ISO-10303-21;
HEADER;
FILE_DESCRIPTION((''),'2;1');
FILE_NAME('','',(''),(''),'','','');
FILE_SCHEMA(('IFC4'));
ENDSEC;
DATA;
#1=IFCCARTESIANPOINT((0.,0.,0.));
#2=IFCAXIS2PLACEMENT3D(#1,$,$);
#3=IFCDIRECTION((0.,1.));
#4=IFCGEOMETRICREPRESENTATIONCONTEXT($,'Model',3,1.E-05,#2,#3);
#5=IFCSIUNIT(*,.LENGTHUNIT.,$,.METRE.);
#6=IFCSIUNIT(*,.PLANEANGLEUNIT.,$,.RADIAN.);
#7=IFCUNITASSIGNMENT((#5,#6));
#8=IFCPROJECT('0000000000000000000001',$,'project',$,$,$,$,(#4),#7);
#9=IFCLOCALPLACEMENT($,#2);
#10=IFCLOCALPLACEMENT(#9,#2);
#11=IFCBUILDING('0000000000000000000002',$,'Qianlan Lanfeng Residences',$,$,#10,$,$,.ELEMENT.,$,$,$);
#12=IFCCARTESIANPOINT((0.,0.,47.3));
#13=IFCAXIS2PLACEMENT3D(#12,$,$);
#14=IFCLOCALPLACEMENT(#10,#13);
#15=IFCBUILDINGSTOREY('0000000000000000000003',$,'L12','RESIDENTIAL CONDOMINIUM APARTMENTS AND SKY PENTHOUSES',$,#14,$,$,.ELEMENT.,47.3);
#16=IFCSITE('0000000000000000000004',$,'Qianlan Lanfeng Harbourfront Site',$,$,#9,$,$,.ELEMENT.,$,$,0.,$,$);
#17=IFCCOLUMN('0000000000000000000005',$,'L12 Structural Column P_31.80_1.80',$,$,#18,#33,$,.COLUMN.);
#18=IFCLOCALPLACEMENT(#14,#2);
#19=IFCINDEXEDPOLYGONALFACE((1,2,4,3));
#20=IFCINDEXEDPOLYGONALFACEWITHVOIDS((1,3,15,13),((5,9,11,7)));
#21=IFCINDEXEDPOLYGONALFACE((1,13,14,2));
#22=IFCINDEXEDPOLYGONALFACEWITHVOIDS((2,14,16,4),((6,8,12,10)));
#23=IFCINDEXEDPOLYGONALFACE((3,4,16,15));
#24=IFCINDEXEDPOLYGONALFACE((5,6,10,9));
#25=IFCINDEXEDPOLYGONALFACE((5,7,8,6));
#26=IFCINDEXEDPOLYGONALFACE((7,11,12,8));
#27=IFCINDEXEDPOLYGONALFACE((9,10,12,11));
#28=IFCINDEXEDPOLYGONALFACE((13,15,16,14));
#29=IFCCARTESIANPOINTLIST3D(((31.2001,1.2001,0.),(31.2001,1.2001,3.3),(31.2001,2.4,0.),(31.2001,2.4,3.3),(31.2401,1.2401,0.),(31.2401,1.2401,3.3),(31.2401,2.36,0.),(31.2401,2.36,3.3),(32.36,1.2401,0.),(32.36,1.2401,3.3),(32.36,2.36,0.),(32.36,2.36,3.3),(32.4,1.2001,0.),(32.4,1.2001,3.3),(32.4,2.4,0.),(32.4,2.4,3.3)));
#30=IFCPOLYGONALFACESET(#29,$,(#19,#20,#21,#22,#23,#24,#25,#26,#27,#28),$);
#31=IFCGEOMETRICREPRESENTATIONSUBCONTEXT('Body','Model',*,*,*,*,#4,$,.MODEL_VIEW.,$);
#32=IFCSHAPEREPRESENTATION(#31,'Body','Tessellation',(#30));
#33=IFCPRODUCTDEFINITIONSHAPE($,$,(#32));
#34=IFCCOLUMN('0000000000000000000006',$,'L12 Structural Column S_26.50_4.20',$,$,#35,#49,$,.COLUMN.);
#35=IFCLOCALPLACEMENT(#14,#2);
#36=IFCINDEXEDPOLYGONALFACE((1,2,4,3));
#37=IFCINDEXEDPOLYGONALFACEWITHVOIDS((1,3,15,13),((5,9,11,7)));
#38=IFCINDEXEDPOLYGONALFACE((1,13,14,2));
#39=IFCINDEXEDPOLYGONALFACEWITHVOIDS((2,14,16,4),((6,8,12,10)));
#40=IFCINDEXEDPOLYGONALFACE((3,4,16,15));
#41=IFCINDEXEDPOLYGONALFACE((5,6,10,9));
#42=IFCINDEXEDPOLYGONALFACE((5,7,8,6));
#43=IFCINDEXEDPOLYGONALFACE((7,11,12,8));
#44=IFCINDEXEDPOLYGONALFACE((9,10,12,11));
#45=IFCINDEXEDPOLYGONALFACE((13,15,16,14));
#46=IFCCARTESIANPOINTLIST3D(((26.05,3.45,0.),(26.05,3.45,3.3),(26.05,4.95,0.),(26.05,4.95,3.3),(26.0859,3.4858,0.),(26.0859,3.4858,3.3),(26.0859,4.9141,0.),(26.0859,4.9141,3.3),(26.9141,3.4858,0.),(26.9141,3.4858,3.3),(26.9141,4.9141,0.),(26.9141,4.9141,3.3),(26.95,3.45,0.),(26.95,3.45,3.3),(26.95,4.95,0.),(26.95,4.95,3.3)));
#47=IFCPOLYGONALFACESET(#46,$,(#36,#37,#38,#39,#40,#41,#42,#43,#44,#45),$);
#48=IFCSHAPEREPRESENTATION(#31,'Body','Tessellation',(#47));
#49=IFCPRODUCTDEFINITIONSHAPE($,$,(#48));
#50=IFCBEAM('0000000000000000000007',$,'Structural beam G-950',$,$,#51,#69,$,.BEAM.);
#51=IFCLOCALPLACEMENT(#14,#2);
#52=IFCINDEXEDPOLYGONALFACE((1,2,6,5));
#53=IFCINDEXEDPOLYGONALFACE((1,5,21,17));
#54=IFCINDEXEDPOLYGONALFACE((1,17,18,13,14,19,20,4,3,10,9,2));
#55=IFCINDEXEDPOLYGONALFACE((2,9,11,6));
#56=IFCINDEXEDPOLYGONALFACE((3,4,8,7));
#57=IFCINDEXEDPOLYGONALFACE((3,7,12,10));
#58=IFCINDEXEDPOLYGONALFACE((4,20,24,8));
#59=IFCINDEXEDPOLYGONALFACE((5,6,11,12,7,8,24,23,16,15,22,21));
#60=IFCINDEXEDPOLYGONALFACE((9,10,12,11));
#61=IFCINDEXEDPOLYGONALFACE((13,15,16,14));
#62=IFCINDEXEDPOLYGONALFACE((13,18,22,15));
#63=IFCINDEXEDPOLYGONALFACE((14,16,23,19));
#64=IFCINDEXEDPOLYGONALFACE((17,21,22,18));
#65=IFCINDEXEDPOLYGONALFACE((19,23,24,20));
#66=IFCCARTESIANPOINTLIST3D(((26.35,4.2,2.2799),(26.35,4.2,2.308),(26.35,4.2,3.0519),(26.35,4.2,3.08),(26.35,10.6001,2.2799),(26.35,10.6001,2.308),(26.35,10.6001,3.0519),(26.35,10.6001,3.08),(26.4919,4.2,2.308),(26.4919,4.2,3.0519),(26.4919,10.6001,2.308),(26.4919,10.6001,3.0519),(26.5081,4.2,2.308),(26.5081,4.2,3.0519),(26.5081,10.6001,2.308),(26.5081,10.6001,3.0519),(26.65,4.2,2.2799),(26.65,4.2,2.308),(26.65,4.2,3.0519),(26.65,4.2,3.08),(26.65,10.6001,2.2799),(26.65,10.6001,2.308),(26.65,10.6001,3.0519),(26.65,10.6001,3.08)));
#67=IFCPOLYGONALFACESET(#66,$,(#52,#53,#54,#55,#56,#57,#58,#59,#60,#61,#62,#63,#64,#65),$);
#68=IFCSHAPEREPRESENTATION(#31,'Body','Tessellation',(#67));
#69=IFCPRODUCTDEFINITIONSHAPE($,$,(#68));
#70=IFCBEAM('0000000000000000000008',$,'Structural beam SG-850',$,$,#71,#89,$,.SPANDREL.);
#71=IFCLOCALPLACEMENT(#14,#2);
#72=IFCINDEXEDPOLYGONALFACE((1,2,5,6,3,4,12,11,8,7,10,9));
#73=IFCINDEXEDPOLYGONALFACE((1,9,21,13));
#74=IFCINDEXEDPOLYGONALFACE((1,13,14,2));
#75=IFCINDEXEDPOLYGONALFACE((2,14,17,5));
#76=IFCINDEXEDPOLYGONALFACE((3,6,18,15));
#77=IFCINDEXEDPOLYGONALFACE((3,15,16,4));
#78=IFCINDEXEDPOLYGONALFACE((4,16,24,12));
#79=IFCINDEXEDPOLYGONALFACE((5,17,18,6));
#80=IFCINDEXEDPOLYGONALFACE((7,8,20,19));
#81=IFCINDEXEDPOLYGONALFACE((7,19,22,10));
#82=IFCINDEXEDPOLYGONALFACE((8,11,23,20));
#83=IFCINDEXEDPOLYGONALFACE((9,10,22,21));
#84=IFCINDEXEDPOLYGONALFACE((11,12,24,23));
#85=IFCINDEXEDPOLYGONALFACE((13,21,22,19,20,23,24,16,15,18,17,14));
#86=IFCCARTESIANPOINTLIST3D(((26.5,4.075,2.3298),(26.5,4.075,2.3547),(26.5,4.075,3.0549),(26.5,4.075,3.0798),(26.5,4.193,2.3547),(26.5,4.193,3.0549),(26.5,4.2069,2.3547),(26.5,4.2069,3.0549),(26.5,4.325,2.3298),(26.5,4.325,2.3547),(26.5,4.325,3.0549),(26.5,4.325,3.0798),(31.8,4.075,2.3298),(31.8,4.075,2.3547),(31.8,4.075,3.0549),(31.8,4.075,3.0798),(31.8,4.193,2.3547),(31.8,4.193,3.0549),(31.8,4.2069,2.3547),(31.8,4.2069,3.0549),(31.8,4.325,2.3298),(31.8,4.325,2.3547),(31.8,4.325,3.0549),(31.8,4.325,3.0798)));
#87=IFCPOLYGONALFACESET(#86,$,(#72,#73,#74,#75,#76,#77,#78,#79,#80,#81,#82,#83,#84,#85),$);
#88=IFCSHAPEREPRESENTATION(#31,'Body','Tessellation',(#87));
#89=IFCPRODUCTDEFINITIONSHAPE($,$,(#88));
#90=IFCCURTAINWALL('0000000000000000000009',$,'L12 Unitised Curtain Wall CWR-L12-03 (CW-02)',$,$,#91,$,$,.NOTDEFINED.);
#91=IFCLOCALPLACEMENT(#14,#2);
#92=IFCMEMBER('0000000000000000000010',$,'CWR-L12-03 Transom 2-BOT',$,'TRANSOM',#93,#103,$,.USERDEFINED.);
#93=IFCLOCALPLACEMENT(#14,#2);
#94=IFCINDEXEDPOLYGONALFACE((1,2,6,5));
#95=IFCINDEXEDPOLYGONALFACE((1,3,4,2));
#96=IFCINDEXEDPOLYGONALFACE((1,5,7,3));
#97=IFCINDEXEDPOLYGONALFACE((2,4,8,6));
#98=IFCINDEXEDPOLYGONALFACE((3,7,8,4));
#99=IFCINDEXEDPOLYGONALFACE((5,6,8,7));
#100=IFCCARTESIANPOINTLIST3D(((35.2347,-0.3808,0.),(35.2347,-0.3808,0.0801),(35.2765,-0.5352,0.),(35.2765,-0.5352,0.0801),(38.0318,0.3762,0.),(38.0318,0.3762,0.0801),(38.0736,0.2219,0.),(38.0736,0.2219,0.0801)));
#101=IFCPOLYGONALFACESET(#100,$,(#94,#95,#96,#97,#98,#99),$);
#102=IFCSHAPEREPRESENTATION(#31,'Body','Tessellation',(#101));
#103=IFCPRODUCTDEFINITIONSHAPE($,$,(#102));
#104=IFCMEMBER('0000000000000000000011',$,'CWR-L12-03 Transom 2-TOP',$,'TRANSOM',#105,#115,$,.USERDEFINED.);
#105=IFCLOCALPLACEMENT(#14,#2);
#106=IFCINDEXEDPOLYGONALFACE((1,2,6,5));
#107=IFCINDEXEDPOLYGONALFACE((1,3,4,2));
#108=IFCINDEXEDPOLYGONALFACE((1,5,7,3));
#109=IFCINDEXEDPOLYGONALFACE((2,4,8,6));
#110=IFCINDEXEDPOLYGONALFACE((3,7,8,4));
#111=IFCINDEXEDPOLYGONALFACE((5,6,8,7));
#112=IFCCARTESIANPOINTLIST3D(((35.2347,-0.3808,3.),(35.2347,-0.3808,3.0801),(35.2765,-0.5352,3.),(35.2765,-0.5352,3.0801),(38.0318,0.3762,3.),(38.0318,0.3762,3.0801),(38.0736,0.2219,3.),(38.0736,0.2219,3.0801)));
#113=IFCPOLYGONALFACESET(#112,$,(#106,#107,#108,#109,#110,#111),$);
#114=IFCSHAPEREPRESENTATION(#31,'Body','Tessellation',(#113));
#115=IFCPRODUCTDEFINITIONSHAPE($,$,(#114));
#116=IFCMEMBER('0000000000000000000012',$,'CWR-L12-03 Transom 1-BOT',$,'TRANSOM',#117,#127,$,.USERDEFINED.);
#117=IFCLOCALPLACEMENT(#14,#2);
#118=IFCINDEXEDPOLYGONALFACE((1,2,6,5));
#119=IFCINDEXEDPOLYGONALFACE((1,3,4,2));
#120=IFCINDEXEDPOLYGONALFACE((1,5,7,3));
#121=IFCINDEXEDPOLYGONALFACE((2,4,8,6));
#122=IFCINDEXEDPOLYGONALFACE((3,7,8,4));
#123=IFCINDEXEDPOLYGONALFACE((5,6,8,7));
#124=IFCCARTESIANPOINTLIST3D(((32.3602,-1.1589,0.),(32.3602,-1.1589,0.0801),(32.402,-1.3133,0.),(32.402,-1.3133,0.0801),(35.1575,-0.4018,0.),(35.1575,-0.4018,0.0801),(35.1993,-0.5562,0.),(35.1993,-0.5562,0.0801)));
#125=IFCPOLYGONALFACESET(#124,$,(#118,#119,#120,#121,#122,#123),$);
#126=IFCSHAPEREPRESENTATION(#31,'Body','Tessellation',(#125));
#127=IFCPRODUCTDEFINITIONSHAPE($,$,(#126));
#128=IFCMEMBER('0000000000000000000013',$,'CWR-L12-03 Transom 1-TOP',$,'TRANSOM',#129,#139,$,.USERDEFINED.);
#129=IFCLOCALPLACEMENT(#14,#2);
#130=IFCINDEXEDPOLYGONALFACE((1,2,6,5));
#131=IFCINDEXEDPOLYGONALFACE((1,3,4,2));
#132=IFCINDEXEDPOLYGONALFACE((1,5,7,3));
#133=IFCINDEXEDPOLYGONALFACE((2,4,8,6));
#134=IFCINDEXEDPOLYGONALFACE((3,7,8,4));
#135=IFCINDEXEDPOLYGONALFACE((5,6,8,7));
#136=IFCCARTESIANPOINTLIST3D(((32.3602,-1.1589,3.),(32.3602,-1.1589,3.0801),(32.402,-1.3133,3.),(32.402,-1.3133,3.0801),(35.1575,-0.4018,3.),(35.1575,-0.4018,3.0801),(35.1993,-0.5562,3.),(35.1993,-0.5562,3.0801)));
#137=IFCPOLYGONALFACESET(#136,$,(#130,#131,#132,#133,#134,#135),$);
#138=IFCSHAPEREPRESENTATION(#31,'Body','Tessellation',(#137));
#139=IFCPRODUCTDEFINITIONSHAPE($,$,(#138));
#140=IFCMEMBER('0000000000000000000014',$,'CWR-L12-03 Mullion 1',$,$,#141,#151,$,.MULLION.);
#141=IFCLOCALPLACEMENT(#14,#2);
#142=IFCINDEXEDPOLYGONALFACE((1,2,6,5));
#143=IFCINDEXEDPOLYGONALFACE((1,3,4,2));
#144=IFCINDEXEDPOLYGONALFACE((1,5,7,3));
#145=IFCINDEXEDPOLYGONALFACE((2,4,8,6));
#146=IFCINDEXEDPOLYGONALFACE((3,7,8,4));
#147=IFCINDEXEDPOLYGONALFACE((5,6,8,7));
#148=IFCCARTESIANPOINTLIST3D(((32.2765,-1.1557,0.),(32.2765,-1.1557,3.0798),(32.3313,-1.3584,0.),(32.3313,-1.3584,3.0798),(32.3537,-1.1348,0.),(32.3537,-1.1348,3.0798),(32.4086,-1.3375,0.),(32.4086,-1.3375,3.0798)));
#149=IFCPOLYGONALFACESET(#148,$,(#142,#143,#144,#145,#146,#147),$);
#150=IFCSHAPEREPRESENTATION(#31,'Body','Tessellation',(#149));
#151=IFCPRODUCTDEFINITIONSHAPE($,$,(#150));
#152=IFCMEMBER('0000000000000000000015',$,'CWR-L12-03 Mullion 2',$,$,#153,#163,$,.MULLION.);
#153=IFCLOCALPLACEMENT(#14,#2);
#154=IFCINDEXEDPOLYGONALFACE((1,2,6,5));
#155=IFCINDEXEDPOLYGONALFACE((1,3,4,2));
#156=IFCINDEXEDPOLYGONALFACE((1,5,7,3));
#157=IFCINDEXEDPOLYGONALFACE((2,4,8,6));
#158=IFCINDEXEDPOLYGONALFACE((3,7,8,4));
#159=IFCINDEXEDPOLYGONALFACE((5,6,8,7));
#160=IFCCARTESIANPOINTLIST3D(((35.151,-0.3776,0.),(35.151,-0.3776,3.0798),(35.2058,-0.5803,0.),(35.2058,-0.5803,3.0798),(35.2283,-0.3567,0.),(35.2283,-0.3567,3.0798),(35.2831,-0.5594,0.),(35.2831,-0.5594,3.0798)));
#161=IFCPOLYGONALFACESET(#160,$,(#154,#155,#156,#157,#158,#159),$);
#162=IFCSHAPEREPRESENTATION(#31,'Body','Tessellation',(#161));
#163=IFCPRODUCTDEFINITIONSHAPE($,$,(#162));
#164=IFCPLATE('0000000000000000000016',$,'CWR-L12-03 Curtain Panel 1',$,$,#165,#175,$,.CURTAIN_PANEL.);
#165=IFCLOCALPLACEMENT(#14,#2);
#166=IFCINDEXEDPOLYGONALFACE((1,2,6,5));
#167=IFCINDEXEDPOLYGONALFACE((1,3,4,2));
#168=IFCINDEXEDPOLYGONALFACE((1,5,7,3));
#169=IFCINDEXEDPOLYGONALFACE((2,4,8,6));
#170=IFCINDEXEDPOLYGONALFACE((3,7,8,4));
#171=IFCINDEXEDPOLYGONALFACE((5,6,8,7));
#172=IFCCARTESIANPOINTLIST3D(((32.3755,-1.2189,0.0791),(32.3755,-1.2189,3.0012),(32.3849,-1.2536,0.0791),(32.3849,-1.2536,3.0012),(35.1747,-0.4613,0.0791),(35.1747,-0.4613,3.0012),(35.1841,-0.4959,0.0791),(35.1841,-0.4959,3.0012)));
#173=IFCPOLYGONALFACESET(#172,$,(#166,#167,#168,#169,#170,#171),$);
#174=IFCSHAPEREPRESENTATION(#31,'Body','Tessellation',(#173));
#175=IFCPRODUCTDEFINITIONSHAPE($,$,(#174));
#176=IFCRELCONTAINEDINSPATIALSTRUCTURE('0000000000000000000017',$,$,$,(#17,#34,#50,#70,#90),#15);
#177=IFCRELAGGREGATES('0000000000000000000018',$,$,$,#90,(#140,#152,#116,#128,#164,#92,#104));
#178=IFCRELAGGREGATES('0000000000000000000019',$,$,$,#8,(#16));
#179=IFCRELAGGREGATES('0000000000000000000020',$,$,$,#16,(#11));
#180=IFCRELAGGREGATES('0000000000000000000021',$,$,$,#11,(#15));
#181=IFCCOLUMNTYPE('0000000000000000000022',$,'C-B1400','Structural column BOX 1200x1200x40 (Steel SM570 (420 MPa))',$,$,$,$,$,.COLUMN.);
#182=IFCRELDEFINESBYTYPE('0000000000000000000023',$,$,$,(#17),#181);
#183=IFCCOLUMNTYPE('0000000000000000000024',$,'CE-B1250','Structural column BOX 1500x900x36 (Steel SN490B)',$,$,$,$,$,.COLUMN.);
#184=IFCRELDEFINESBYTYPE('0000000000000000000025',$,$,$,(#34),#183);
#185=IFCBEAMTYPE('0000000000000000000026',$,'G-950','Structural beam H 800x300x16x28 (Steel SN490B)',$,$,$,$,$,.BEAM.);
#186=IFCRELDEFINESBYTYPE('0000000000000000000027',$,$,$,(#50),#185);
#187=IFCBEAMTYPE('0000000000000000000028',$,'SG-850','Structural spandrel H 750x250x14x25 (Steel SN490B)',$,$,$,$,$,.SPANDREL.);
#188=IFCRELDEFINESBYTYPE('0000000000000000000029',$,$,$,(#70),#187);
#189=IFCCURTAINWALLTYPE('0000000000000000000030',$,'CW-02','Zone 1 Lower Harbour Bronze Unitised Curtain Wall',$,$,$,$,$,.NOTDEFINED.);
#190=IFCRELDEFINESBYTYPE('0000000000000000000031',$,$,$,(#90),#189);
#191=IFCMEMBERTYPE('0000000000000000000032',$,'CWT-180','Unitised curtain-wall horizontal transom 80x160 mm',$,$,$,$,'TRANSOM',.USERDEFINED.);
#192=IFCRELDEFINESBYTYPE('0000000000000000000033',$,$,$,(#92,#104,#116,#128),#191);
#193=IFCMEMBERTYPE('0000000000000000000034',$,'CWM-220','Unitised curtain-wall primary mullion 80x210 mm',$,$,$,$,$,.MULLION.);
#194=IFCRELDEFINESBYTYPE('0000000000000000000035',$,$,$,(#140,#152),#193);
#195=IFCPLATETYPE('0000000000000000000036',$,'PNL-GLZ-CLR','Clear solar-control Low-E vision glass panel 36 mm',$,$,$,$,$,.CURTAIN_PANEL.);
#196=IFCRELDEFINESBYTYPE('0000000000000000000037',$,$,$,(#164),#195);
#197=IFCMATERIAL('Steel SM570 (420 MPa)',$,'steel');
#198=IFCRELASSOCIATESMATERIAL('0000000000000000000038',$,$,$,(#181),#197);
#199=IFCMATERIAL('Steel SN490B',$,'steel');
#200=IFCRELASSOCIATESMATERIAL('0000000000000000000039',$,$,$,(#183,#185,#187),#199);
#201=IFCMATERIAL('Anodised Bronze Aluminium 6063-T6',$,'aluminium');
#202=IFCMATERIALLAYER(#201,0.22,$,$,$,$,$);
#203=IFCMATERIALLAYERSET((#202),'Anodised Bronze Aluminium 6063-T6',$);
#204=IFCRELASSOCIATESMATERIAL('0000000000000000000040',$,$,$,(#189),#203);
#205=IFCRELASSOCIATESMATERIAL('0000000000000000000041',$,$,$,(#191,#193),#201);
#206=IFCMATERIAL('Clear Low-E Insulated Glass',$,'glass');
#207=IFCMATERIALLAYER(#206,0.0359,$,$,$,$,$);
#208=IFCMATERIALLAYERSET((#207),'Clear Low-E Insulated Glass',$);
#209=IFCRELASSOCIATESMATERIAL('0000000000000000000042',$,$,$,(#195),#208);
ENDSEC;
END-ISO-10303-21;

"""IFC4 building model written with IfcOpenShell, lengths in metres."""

from ifc_helpers import new_model, si_unit, direction, frame, origin, origin_2d, place, context, subcontext, project, spatial, rectangle, hollow_rectangle, i_section, extrude, source, transform, mapped, material, layer, layer_set, material_profile, profile_set, type_object, element, aggregate, save


model = new_model("IFC4")

# Units and contexts
model_context = context("Model", 3, precision=1e-05, world=origin(), true_north=direction((0.0, 1.0)))
body_context = subcontext(model_context, "Body", "Model", "MODEL_VIEW")
ifc_project = project(units=[si_unit("LENGTHUNIT", "METRE"), si_unit("PLANEANGLEUNIT", "RADIAN")], contexts=[model_context])

# Site, building, storey
site_placement = place(None, origin())
site = spatial("IfcSite", under=ifc_project, at=site_placement, Name="Qianlan Lanfeng Harbourfront Site", CompositionType="ELEMENT", RefElevation=0.0)
building_placement = place(site_placement, origin())
building = spatial("IfcBuilding", under=site, at=building_placement, Name="Qianlan Lanfeng Residences", CompositionType="ELEMENT")
storey_placement = place(building_placement, frame((0.0, 0.0, 47.3)))
storey = spatial("IfcBuildingStorey", under=building, at=storey_placement, Name="L12", Description="RESIDENTIAL CONDOMINIUM APARTMENTS AND SKY PENTHOUSES", CompositionType="ELEMENT", Elevation=47.3)

# Columns
ifc_material_1 = material(Name="Steel SM570 (420 MPa)", Category="steel")
ifc_material_profile_1 = material_profile(ifc_material_1, hollow_rectangle(XDim=1.2, YDim=1.2, WallThickness=0.04, at=origin_2d()), Name="BOX 1200x1200x40")
ifc_profile_set_1 = profile_set([ifc_material_profile_1], Name="Steel SM570 (420 MPa)")
column_type_1 = type_object("IfcColumnType", Name="C-B1400", Description="Structural column BOX 1200x1200x40 (Steel SM570 (420 MPa))", PredefinedType="COLUMN", material=ifc_profile_set_1)
column_1_placement = place(storey_placement, frame((31.8, 1.8, 0.0), z_axis=(0.0, 0.0, 1.0), x_axis=(1.0, 0.0, 0.0)))
element("IfcColumn", 1, at=column_1_placement, inside=storey, type_object=column_type_1, Name="L12 Structural Column P_31.80_1.80", PredefinedType="COLUMN", context=body_context, shape_type="SweptSolid", body=[
    extrude(hollow_rectangle(XDim=1.2, YDim=1.2, WallThickness=0.04, at=origin_2d()), origin(), (0.0, 0.0, 1.0), 3.3),
])
ifc_material_2 = material(Name="Steel SN490B", Category="steel")
ifc_material_profile_2 = material_profile(ifc_material_2, hollow_rectangle(XDim=0.8999, YDim=1.5, WallThickness=0.0359, at=origin_2d()), Name="BOX 1500x900x36")
ifc_profile_set_2 = profile_set([ifc_material_profile_2], Name="Steel SN490B")
column_type_2 = type_object("IfcColumnType", Name="CE-B1250", Description="Structural column BOX 1500x900x36 (Steel SN490B)", PredefinedType="COLUMN", material=ifc_profile_set_2)
column_2_placement = place(storey_placement, frame((26.5, 4.2, 0.0), z_axis=(0.0, 0.0, 1.0), x_axis=(1.0, 0.0, 0.0)))
element("IfcColumn", 2, at=column_2_placement, inside=storey, type_object=column_type_2, Name="L12 Structural Column S_26.50_4.20", PredefinedType="COLUMN", context=body_context, shape_type="SweptSolid", body=[
    extrude(hollow_rectangle(XDim=0.8999, YDim=1.5, WallThickness=0.0359, at=origin_2d()), origin(), (0.0, 0.0, 1.0), 3.3),
])

# Beams
ifc_material_profile_3 = material_profile(ifc_material_2, i_section(OverallWidth=0.3, OverallDepth=0.8, WebThickness=0.0161, FlangeThickness=0.0281, at=origin_2d()), Name="H 800x300x16x28")
ifc_profile_set_3 = profile_set([ifc_material_profile_3], Name="Steel SN490B")
beam_type_1 = type_object("IfcBeamType", Name="G-950", Description="Structural beam H 800x300x16x28 (Steel SN490B)", PredefinedType="BEAM", material=ifc_profile_set_3)
beam_1_placement = place(storey_placement, frame((26.5, 4.2, 2.6799), z_axis=(0.0, 1.0, 0.0), x_axis=(-1.0, 0.0, 0.0)))
element("IfcBeam", 3, at=beam_1_placement, inside=storey, type_object=beam_type_1, Name="Structural beam G-950", PredefinedType="BEAM", context=body_context, shape_type="SweptSolid", body=[
    extrude(i_section(OverallWidth=0.3, OverallDepth=0.8, WebThickness=0.0161, FlangeThickness=0.0281, at=origin_2d()), origin(), (0.0, 0.0, 1.0), 6.4001),
])
ifc_material_profile_4 = material_profile(ifc_material_2, i_section(OverallWidth=0.25, OverallDepth=0.75, WebThickness=0.0139, FlangeThickness=0.0249, at=origin_2d()), Name="H 750x250x14x25")
ifc_profile_set_4 = profile_set([ifc_material_profile_4], Name="Steel SN490B")
beam_type_2 = type_object("IfcBeamType", Name="SG-850", Description="Structural spandrel H 750x250x14x25 (Steel SN490B)", PredefinedType="SPANDREL", material=ifc_profile_set_4)
beam_2_placement = place(storey_placement, frame((26.5, 4.2, 2.7048), z_axis=(1.0, 0.0, 0.0), x_axis=(0.0, 1.0, 0.0)))
element("IfcBeam", 4, at=beam_2_placement, inside=storey, type_object=beam_type_2, Name="Structural beam SG-850", PredefinedType="SPANDREL", context=body_context, shape_type="SweptSolid", body=[
    extrude(i_section(OverallWidth=0.25, OverallDepth=0.75, WebThickness=0.0139, FlangeThickness=0.0249, at=origin_2d()), origin(), (0.0, 0.0, 1.0), 5.3),
])

# Curtain wall, members, plate
ifc_material_3 = material(Name="Anodised Bronze Aluminium 6063-T6", Category="aluminium")
ifc_layer_1 = layer(ifc_material_3, 0.22)
ifc_layer_set_1 = layer_set([ifc_layer_1], Name="Anodised Bronze Aluminium 6063-T6")
curtain_wall_type = type_object("IfcCurtainWallType", Name="CW-02", Description="Zone 1 Lower Harbour Bronze Unitised Curtain Wall", PredefinedType="NOTDEFINED", material=ifc_layer_set_1)
curtain_wall_placement = place(storey_placement, origin())
curtain_wall = element("IfcCurtainWall", 5, at=curtain_wall_placement, inside=storey, type_object=curtain_wall_type, Name="L12 Unitised Curtain Wall CWR-L12-03 (CW-02)", PredefinedType="NOTDEFINED")
ifc_material_profile_5 = material_profile(ifc_material_3, rectangle(XDim=0.0801, YDim=0.1599, at=origin_2d()), Name="ALU TRANSOM 80x160")
ifc_profile_set_5 = profile_set([ifc_material_profile_5], Name="Anodised Bronze Aluminium 6063-T6")
member_type_1 = type_object("IfcMemberType", Name="CWT-180", Description="Unitised curtain-wall horizontal transom 80x160 mm", ElementType="TRANSOM", PredefinedType="USERDEFINED", material=ifc_profile_set_5)
shared_shape_1 = source(origin(), body_context, "Body", "SweptSolid", [
    extrude(rectangle(XDim=0.0801, YDim=0.1599, at=origin_2d()), origin(), (0.0, 0.0, 1.0), 2.8977),
])
member_1_placement = place(storey_placement, frame((35.2556, -0.458, 0.04), z_axis=(0.965268, 0.261263, 0.0), x_axis=(0.0, 0.0, 1.0)))
member_1 = element("IfcMember", 6, at=member_1_placement, type_object=member_type_1, Name="CWR-L12-03 Transom 2-BOT", ObjectType="TRANSOM", PredefinedType="USERDEFINED", context=body_context, shape_type="MappedRepresentation", body=[
    mapped(shared_shape_1, transform((0.0, 0.0, 0.0), scale=1.0)),
])
member_2_placement = place(storey_placement, frame((35.2556, -0.458, 3.04), z_axis=(0.965268, 0.261263, 0.0), x_axis=(0.0, 0.0, 1.0)))
member_2 = element("IfcMember", 7, at=member_2_placement, type_object=member_type_1, Name="CWR-L12-03 Transom 2-TOP", ObjectType="TRANSOM", PredefinedType="USERDEFINED", context=body_context, shape_type="MappedRepresentation", body=[
    mapped(shared_shape_1, transform((0.0, 0.0, 0.0), scale=1.0)),
])
shared_shape_2 = source(origin(), body_context, "Body", "SweptSolid", [
    extrude(rectangle(XDim=0.0801, YDim=0.1599, at=origin_2d()), origin(), (0.0, 0.0, 1.0), 2.8979),
])
member_3_placement = place(storey_placement, frame((32.3811, -1.2361, 0.04), z_axis=(0.965273, 0.261242, 0.0), x_axis=(0.0, 0.0, 1.0)))
member_3 = element("IfcMember", 8, at=member_3_placement, type_object=member_type_1, Name="CWR-L12-03 Transom 1-BOT", ObjectType="TRANSOM", PredefinedType="USERDEFINED", context=body_context, shape_type="MappedRepresentation", body=[
    mapped(shared_shape_2, transform((0.0, 0.0, 0.0), scale=1.0)),
])
member_4_placement = place(storey_placement, frame((32.3811, -1.2361, 3.04), z_axis=(0.965273, 0.261242, 0.0), x_axis=(0.0, 0.0, 1.0)))
member_4 = element("IfcMember", 9, at=member_4_placement, type_object=member_type_1, Name="CWR-L12-03 Transom 1-TOP", ObjectType="TRANSOM", PredefinedType="USERDEFINED", context=body_context, shape_type="MappedRepresentation", body=[
    mapped(shared_shape_2, transform((0.0, 0.0, 0.0), scale=1.0)),
])
ifc_material_profile_6 = material_profile(ifc_material_3, rectangle(XDim=0.0801, YDim=0.21, at=origin_2d()), Name="ALU MULLION 80x210")
ifc_profile_set_6 = profile_set([ifc_material_profile_6], Name="Anodised Bronze Aluminium 6063-T6")
member_type_2 = type_object("IfcMemberType", Name="CWM-220", Description="Unitised curtain-wall primary mullion 80x210 mm", PredefinedType="MULLION", material=ifc_profile_set_6)
shared_shape_3 = source(origin(), body_context, "Body", "SweptSolid", [
    extrude(rectangle(XDim=0.0801, YDim=0.21, at=origin_2d()), origin(), (0.0, 0.0, 1.0), 3.0798),
])
member_5_placement = place(storey_placement, frame((32.3425, -1.2466, 0.0), z_axis=(0.0, 0.0, 1.0), x_axis=(0.965263, 0.261281, 0.0)))
member_5 = element("IfcMember", 10, at=member_5_placement, type_object=member_type_2, Name="CWR-L12-03 Mullion 1", PredefinedType="MULLION", context=body_context, shape_type="MappedRepresentation", body=[
    mapped(shared_shape_3, transform((0.0, 0.0, 0.0), scale=1.0)),
])
member_6_placement = place(storey_placement, frame((35.217, -0.4685, 0.0), z_axis=(0.0, 0.0, 1.0), x_axis=(0.965263, 0.261281, 0.0)))
member_6 = element("IfcMember", 11, at=member_6_placement, type_object=member_type_2, Name="CWR-L12-03 Mullion 2", PredefinedType="MULLION", context=body_context, shape_type="MappedRepresentation", body=[
    mapped(shared_shape_3, transform((0.0, 0.0, 0.0), scale=1.0)),
])
ifc_material_4 = material(Name="Clear Low-E Insulated Glass", Category="glass")
ifc_layer_2 = layer(ifc_material_4, 0.0359)
ifc_layer_set_2 = layer_set([ifc_layer_2], Name="Clear Low-E Insulated Glass")
plate_type = type_object("IfcPlateType", Name="PNL-GLZ-CLR", Description="Clear solar-control Low-E vision glass panel 36 mm", PredefinedType="CURTAIN_PANEL", material=ifc_layer_set_2)
shared_shape_4 = source(origin(), body_context, "Body", "SweptSolid", [
    extrude(rectangle(XDim=2.8999, YDim=0.0359, at=origin_2d()), origin(), (0.0, 0.0, 1.0), 2.9221),
])
plate_placement = place(storey_placement, frame((33.7798, -0.8574, 0.0791), z_axis=(0.0, 0.0, 1.0), x_axis=(0.965263, 0.261281, 0.0)))
plate = element("IfcPlate", 12, at=plate_placement, type_object=plate_type, Name="CWR-L12-03 Curtain Panel 1", PredefinedType="CURTAIN_PANEL", context=body_context, shape_type="MappedRepresentation", body=[
    mapped(shared_shape_4, transform((0.0, 0.0, 0.0), scale=1.0)),
])
aggregate(curtain_wall, [member_5, member_6, member_3, member_4, plate, member_1, member_2])

save(model, "model.ifc")
